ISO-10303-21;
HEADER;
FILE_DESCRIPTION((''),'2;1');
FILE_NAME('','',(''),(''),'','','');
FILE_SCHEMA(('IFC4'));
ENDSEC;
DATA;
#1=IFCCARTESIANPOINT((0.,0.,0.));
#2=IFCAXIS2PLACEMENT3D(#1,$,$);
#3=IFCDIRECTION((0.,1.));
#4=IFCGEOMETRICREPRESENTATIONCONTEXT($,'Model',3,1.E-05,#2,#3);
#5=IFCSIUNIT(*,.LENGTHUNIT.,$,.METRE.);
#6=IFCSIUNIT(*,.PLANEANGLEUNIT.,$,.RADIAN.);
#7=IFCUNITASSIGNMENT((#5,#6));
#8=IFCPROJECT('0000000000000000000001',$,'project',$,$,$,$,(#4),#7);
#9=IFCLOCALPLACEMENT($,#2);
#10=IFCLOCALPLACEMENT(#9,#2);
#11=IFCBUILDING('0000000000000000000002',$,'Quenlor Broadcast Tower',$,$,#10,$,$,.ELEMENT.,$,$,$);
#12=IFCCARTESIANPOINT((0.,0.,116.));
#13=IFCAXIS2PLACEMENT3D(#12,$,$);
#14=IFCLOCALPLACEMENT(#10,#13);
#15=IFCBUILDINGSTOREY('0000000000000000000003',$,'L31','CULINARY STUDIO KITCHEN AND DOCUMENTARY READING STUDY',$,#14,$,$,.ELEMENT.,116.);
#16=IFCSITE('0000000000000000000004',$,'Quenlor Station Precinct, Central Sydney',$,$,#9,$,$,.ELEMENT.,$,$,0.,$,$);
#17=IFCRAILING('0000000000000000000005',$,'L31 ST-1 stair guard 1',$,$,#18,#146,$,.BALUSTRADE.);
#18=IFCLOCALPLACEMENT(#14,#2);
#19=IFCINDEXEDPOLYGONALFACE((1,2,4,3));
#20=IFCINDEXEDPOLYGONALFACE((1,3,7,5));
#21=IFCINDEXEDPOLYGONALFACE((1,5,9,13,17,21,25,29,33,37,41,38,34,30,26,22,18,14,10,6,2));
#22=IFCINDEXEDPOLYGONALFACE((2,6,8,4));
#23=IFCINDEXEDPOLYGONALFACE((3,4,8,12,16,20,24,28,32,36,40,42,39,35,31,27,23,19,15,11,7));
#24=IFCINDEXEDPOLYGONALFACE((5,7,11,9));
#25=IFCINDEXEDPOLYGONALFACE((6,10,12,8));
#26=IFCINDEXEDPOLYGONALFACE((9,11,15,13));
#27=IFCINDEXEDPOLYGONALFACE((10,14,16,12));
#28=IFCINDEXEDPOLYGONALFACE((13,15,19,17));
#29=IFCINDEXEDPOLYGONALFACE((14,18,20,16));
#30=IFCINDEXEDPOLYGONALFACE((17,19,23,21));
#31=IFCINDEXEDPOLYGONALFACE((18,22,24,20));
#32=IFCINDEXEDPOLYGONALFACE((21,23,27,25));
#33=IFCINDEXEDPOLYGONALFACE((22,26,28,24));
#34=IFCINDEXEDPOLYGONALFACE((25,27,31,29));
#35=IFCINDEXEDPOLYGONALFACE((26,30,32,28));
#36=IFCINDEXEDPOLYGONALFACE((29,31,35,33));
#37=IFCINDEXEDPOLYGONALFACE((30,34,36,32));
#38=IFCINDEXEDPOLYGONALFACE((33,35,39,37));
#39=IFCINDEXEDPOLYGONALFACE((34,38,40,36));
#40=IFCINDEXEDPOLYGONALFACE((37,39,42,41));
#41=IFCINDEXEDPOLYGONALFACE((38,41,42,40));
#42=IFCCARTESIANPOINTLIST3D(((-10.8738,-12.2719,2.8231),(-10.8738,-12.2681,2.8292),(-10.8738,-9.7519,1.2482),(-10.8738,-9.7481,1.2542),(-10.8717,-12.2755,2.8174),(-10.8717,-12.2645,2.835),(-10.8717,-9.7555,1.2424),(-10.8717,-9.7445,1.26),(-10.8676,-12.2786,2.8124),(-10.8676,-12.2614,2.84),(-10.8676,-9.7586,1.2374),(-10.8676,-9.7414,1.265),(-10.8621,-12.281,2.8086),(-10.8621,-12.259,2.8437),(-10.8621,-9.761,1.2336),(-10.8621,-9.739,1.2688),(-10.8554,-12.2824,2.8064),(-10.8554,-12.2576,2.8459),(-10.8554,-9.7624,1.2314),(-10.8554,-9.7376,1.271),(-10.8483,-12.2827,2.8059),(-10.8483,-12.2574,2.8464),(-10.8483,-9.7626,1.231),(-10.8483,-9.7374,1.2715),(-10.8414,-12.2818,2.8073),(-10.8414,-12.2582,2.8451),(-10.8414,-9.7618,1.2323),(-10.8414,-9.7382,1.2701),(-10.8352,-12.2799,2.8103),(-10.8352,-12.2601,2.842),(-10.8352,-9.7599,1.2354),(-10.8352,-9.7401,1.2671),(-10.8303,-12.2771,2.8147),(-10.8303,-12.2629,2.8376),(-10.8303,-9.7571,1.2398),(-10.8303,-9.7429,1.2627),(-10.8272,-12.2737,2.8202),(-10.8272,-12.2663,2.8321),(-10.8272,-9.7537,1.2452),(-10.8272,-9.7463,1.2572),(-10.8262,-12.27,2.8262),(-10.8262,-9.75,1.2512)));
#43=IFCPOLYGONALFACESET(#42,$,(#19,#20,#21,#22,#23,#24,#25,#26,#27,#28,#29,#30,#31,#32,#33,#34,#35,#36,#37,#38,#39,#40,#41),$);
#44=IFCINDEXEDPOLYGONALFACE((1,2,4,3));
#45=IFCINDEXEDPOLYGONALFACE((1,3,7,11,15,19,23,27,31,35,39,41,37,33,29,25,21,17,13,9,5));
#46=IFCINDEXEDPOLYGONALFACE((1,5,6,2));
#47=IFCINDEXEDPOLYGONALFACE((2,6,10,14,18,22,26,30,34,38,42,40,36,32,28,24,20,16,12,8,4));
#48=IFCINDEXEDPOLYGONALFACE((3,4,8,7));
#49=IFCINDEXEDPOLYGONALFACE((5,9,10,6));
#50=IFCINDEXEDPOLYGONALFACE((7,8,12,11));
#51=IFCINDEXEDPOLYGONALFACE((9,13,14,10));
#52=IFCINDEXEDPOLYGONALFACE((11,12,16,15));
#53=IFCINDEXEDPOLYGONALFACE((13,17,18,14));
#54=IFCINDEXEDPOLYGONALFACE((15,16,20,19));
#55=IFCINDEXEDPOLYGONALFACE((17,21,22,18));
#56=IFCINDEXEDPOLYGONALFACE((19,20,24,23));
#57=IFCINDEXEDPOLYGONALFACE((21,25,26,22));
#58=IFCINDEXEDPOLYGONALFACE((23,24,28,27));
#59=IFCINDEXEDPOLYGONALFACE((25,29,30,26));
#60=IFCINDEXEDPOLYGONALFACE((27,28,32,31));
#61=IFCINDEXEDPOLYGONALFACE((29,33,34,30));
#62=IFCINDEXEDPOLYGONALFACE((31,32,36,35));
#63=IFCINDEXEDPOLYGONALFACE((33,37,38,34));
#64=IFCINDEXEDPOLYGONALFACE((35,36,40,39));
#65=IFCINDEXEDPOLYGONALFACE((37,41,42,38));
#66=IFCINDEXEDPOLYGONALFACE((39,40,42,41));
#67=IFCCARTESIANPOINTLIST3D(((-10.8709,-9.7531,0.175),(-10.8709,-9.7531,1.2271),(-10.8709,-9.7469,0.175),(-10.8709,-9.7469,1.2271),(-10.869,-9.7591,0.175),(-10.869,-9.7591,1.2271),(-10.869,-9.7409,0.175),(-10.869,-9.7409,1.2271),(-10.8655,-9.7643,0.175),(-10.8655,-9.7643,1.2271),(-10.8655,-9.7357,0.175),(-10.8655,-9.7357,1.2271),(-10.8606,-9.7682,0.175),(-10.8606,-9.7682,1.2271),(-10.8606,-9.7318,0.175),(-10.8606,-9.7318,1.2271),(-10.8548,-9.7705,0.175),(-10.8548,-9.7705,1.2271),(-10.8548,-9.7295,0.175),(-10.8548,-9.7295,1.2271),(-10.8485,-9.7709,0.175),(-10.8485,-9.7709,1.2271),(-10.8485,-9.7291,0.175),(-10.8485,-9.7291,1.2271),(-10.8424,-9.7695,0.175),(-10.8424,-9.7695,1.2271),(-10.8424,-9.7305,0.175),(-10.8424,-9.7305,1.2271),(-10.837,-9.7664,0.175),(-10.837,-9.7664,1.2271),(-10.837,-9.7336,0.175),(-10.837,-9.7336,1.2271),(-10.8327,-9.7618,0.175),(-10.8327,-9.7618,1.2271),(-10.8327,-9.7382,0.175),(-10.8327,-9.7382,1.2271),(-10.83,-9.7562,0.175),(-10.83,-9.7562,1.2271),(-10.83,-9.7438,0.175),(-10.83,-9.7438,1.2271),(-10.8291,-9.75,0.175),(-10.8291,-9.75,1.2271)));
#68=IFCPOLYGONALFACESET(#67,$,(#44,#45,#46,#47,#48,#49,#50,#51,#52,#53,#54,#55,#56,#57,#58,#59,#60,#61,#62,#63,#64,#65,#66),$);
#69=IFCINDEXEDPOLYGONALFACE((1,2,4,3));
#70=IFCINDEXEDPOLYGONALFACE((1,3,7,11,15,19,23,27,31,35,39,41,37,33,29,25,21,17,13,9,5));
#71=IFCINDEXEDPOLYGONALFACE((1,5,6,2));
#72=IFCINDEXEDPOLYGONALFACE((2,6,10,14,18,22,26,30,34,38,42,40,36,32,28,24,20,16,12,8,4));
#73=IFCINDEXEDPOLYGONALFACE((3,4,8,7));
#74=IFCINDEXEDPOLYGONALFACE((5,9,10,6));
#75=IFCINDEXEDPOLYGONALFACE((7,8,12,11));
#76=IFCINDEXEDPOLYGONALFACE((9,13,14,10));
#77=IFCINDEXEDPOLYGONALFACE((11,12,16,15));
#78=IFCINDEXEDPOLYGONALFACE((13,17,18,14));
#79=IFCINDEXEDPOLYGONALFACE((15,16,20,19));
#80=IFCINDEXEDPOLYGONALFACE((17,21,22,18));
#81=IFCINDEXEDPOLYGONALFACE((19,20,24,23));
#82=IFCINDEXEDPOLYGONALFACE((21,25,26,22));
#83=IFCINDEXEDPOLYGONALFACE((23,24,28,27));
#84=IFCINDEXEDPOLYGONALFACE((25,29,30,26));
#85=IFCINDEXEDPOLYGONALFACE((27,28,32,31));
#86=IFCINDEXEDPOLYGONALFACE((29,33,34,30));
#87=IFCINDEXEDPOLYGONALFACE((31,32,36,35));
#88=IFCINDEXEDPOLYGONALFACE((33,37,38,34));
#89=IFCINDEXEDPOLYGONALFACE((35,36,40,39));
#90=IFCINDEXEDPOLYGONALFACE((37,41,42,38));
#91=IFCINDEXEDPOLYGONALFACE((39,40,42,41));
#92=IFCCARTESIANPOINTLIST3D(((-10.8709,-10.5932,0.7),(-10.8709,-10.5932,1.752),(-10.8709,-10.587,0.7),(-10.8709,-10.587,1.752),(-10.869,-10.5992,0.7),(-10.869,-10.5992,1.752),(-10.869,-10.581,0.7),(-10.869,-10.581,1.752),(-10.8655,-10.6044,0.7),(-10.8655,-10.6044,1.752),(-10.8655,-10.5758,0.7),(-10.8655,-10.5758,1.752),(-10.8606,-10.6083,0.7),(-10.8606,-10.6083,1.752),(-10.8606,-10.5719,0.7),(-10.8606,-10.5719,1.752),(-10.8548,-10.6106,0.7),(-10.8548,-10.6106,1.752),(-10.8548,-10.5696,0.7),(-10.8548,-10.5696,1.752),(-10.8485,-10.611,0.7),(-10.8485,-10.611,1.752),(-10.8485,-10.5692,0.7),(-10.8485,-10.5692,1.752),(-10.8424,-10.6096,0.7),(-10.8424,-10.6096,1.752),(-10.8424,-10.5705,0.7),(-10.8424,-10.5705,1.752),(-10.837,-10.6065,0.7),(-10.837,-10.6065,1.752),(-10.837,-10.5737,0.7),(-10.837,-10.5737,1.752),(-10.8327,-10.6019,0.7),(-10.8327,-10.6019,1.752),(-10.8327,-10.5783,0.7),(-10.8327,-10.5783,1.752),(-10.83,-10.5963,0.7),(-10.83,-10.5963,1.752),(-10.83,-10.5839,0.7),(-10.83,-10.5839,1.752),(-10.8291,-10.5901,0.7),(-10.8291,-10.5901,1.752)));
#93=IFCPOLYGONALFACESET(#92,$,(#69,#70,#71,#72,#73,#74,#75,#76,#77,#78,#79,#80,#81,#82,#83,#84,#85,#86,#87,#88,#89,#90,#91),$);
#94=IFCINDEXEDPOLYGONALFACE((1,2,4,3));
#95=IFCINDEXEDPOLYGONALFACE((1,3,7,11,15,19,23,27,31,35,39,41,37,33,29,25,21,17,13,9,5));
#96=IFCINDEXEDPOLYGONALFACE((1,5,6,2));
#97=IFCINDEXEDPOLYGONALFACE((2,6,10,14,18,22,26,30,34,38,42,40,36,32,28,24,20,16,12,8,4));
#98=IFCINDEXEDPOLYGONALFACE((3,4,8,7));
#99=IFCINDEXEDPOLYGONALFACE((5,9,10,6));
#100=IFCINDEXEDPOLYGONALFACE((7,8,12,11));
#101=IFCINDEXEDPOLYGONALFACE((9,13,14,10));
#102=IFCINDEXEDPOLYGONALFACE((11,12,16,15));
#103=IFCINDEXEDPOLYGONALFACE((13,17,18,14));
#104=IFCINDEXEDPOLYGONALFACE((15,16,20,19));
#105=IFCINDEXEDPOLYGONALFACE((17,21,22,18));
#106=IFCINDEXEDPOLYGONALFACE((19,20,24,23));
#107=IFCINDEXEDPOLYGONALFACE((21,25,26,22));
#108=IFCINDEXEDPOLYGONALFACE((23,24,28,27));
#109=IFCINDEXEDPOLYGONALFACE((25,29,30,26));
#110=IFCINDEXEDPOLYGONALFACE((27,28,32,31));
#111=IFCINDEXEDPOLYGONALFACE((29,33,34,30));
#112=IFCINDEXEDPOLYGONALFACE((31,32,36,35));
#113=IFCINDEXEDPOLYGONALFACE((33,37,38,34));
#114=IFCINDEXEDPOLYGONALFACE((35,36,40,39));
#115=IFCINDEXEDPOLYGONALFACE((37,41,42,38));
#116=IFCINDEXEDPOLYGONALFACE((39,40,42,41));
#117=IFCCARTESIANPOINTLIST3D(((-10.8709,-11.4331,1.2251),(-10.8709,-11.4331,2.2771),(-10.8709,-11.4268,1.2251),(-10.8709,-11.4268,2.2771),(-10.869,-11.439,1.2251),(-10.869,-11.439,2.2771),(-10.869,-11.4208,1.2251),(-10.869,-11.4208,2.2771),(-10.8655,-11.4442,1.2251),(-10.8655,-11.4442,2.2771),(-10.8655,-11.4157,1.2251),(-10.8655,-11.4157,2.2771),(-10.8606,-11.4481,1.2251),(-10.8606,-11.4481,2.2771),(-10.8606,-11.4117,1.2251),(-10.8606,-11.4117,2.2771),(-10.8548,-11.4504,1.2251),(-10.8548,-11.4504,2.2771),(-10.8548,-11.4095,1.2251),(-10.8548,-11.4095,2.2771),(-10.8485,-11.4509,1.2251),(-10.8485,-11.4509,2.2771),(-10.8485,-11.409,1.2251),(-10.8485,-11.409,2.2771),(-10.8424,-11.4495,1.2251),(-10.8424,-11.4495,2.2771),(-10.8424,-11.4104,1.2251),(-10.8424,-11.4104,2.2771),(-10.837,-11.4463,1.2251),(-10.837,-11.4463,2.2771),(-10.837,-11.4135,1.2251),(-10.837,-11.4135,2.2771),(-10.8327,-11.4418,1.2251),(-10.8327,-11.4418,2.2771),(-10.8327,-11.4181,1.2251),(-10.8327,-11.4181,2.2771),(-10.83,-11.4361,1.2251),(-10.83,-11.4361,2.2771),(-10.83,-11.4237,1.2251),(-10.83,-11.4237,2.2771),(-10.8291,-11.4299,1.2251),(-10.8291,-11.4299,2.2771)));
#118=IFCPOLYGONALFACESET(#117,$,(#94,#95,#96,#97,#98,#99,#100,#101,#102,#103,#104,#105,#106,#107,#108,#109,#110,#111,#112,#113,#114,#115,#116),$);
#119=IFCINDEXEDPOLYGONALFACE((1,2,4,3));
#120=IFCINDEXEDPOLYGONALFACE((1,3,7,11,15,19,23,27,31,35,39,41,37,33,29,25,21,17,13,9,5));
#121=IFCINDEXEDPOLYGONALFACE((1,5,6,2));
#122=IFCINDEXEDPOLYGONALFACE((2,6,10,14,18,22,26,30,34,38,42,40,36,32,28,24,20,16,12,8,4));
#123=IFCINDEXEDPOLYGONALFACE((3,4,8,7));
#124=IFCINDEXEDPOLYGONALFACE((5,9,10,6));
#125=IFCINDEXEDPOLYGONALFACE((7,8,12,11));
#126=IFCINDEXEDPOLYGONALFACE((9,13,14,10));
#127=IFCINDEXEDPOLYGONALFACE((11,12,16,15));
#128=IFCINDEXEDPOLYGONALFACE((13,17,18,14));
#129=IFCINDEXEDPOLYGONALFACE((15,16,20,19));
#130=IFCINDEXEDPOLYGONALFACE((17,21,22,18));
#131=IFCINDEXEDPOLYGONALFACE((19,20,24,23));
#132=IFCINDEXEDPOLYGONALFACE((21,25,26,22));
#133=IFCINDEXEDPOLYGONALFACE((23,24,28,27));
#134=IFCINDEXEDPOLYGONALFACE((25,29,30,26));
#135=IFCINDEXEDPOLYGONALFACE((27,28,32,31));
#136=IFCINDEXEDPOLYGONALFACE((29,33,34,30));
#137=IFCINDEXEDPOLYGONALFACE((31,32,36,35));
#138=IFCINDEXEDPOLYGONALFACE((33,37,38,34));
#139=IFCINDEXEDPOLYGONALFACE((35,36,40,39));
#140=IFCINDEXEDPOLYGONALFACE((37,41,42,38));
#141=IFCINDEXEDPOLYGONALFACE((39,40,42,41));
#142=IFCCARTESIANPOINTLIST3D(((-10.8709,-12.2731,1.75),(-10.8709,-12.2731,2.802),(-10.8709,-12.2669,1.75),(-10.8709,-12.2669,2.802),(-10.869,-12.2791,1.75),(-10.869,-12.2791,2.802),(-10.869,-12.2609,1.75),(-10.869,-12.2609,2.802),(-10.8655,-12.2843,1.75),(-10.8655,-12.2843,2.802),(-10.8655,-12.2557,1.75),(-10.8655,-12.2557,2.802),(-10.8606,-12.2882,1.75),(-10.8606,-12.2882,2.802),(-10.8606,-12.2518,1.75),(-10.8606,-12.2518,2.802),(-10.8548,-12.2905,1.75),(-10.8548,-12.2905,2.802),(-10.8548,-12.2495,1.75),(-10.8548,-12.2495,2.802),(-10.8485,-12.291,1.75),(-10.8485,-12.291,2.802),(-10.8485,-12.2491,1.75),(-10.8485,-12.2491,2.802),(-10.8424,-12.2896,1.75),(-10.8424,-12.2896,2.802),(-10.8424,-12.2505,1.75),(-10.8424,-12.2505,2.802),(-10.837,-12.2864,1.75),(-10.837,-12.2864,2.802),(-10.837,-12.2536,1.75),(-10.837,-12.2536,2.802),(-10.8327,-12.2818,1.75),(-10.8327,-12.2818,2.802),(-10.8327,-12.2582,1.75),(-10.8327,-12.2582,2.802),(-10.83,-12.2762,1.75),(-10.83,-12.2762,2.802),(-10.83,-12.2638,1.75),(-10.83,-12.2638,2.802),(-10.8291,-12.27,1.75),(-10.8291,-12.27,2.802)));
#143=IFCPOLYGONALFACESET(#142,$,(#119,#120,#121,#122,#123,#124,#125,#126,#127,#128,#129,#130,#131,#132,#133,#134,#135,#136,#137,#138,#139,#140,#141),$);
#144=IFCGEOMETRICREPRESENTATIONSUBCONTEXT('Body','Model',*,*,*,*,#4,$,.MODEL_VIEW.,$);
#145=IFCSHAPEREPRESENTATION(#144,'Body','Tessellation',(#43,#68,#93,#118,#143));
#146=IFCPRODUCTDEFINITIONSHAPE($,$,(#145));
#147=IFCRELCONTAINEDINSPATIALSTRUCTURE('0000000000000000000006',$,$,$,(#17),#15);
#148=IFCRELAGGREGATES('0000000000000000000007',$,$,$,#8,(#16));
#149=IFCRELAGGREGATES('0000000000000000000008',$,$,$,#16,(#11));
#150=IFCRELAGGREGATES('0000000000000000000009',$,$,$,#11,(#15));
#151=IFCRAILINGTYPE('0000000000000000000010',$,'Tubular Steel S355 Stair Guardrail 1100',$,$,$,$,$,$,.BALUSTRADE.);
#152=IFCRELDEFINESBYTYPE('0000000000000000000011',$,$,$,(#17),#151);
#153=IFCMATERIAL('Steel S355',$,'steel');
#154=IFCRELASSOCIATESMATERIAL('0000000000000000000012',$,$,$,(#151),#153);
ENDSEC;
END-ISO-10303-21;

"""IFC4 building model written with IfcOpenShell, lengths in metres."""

from ifc_helpers import new_model, si_unit, direction, frame, origin, origin_2d, place, context, subcontext, project, spatial, circle, extrude, material, type_object, element, save


model = new_model("IFC4")

# Units and contexts
model_context = context("Model", 3, precision=1e-05, world=origin(), true_north=direction((0.0, 1.0)))
body_context = subcontext(model_context, "Body", "Model", "MODEL_VIEW")
ifc_project = project(units=[si_unit("LENGTHUNIT", "METRE"), si_unit("PLANEANGLEUNIT", "RADIAN")], contexts=[model_context])

# Site, building, storey
site_placement = place(None, origin())
site = spatial("IfcSite", under=ifc_project, at=site_placement, Name="Quenlor Station Precinct, Central Sydney", CompositionType="ELEMENT", RefElevation=0.0)
building_placement = place(site_placement, origin())
building = spatial("IfcBuilding", under=site, at=building_placement, Name="Quenlor Broadcast Tower", CompositionType="ELEMENT")
storey_placement = place(building_placement, frame((0.0, 0.0, 116.0)))
storey = spatial("IfcBuildingStorey", under=building, at=storey_placement, Name="L31", Description="CULINARY STUDIO KITCHEN AND DOCUMENTARY READING STUDY", CompositionType="ELEMENT", Elevation=116.0)

# Railing
ifc_material_1 = material(Name="Steel S355", Category="steel")
railing_type_1 = type_object("IfcRailingType", Name="Tubular Steel S355 Stair Guardrail 1100", PredefinedType="BALUSTRADE", material=ifc_material_1)
railing_1_placement = place(storey_placement, frame((-10.8501, -9.75, 0.175)))
element("IfcRailing", 1, at=railing_1_placement, inside=storey, type_object=railing_type_1, Name="L31 ST-1 stair guard 1", PredefinedType="BALUSTRADE", context=body_context, shape_type="SweptSolid", body=[
    extrude(circle(Radius=0.0239, at=origin_2d()), frame((0.0, 0.0, 1.0762), z_axis=(0.0, -0.848008, 0.529984), x_axis=(1.0, 0.0, 0.0)), (0.0, 0.0, 1.0), 2.9717),
    extrude(circle(Radius=0.021, at=origin_2d()), origin(), (0.0, 0.0, 1.0), 1.052),
    extrude(circle(Radius=0.021, at=origin_2d()), frame((0.0, -0.8401, 0.5249)), (0.0, 0.0, 1.0), 1.052),
    extrude(circle(Radius=0.021, at=origin_2d()), frame((0.0, -1.6799, 1.05)), (0.0, 0.0, 1.0), 1.052),
    extrude(circle(Radius=0.021, at=origin_2d()), frame((0.0, -2.52, 1.575)), (0.0, 0.0, 1.0), 1.052),
])

save(model, "model.ifc")
